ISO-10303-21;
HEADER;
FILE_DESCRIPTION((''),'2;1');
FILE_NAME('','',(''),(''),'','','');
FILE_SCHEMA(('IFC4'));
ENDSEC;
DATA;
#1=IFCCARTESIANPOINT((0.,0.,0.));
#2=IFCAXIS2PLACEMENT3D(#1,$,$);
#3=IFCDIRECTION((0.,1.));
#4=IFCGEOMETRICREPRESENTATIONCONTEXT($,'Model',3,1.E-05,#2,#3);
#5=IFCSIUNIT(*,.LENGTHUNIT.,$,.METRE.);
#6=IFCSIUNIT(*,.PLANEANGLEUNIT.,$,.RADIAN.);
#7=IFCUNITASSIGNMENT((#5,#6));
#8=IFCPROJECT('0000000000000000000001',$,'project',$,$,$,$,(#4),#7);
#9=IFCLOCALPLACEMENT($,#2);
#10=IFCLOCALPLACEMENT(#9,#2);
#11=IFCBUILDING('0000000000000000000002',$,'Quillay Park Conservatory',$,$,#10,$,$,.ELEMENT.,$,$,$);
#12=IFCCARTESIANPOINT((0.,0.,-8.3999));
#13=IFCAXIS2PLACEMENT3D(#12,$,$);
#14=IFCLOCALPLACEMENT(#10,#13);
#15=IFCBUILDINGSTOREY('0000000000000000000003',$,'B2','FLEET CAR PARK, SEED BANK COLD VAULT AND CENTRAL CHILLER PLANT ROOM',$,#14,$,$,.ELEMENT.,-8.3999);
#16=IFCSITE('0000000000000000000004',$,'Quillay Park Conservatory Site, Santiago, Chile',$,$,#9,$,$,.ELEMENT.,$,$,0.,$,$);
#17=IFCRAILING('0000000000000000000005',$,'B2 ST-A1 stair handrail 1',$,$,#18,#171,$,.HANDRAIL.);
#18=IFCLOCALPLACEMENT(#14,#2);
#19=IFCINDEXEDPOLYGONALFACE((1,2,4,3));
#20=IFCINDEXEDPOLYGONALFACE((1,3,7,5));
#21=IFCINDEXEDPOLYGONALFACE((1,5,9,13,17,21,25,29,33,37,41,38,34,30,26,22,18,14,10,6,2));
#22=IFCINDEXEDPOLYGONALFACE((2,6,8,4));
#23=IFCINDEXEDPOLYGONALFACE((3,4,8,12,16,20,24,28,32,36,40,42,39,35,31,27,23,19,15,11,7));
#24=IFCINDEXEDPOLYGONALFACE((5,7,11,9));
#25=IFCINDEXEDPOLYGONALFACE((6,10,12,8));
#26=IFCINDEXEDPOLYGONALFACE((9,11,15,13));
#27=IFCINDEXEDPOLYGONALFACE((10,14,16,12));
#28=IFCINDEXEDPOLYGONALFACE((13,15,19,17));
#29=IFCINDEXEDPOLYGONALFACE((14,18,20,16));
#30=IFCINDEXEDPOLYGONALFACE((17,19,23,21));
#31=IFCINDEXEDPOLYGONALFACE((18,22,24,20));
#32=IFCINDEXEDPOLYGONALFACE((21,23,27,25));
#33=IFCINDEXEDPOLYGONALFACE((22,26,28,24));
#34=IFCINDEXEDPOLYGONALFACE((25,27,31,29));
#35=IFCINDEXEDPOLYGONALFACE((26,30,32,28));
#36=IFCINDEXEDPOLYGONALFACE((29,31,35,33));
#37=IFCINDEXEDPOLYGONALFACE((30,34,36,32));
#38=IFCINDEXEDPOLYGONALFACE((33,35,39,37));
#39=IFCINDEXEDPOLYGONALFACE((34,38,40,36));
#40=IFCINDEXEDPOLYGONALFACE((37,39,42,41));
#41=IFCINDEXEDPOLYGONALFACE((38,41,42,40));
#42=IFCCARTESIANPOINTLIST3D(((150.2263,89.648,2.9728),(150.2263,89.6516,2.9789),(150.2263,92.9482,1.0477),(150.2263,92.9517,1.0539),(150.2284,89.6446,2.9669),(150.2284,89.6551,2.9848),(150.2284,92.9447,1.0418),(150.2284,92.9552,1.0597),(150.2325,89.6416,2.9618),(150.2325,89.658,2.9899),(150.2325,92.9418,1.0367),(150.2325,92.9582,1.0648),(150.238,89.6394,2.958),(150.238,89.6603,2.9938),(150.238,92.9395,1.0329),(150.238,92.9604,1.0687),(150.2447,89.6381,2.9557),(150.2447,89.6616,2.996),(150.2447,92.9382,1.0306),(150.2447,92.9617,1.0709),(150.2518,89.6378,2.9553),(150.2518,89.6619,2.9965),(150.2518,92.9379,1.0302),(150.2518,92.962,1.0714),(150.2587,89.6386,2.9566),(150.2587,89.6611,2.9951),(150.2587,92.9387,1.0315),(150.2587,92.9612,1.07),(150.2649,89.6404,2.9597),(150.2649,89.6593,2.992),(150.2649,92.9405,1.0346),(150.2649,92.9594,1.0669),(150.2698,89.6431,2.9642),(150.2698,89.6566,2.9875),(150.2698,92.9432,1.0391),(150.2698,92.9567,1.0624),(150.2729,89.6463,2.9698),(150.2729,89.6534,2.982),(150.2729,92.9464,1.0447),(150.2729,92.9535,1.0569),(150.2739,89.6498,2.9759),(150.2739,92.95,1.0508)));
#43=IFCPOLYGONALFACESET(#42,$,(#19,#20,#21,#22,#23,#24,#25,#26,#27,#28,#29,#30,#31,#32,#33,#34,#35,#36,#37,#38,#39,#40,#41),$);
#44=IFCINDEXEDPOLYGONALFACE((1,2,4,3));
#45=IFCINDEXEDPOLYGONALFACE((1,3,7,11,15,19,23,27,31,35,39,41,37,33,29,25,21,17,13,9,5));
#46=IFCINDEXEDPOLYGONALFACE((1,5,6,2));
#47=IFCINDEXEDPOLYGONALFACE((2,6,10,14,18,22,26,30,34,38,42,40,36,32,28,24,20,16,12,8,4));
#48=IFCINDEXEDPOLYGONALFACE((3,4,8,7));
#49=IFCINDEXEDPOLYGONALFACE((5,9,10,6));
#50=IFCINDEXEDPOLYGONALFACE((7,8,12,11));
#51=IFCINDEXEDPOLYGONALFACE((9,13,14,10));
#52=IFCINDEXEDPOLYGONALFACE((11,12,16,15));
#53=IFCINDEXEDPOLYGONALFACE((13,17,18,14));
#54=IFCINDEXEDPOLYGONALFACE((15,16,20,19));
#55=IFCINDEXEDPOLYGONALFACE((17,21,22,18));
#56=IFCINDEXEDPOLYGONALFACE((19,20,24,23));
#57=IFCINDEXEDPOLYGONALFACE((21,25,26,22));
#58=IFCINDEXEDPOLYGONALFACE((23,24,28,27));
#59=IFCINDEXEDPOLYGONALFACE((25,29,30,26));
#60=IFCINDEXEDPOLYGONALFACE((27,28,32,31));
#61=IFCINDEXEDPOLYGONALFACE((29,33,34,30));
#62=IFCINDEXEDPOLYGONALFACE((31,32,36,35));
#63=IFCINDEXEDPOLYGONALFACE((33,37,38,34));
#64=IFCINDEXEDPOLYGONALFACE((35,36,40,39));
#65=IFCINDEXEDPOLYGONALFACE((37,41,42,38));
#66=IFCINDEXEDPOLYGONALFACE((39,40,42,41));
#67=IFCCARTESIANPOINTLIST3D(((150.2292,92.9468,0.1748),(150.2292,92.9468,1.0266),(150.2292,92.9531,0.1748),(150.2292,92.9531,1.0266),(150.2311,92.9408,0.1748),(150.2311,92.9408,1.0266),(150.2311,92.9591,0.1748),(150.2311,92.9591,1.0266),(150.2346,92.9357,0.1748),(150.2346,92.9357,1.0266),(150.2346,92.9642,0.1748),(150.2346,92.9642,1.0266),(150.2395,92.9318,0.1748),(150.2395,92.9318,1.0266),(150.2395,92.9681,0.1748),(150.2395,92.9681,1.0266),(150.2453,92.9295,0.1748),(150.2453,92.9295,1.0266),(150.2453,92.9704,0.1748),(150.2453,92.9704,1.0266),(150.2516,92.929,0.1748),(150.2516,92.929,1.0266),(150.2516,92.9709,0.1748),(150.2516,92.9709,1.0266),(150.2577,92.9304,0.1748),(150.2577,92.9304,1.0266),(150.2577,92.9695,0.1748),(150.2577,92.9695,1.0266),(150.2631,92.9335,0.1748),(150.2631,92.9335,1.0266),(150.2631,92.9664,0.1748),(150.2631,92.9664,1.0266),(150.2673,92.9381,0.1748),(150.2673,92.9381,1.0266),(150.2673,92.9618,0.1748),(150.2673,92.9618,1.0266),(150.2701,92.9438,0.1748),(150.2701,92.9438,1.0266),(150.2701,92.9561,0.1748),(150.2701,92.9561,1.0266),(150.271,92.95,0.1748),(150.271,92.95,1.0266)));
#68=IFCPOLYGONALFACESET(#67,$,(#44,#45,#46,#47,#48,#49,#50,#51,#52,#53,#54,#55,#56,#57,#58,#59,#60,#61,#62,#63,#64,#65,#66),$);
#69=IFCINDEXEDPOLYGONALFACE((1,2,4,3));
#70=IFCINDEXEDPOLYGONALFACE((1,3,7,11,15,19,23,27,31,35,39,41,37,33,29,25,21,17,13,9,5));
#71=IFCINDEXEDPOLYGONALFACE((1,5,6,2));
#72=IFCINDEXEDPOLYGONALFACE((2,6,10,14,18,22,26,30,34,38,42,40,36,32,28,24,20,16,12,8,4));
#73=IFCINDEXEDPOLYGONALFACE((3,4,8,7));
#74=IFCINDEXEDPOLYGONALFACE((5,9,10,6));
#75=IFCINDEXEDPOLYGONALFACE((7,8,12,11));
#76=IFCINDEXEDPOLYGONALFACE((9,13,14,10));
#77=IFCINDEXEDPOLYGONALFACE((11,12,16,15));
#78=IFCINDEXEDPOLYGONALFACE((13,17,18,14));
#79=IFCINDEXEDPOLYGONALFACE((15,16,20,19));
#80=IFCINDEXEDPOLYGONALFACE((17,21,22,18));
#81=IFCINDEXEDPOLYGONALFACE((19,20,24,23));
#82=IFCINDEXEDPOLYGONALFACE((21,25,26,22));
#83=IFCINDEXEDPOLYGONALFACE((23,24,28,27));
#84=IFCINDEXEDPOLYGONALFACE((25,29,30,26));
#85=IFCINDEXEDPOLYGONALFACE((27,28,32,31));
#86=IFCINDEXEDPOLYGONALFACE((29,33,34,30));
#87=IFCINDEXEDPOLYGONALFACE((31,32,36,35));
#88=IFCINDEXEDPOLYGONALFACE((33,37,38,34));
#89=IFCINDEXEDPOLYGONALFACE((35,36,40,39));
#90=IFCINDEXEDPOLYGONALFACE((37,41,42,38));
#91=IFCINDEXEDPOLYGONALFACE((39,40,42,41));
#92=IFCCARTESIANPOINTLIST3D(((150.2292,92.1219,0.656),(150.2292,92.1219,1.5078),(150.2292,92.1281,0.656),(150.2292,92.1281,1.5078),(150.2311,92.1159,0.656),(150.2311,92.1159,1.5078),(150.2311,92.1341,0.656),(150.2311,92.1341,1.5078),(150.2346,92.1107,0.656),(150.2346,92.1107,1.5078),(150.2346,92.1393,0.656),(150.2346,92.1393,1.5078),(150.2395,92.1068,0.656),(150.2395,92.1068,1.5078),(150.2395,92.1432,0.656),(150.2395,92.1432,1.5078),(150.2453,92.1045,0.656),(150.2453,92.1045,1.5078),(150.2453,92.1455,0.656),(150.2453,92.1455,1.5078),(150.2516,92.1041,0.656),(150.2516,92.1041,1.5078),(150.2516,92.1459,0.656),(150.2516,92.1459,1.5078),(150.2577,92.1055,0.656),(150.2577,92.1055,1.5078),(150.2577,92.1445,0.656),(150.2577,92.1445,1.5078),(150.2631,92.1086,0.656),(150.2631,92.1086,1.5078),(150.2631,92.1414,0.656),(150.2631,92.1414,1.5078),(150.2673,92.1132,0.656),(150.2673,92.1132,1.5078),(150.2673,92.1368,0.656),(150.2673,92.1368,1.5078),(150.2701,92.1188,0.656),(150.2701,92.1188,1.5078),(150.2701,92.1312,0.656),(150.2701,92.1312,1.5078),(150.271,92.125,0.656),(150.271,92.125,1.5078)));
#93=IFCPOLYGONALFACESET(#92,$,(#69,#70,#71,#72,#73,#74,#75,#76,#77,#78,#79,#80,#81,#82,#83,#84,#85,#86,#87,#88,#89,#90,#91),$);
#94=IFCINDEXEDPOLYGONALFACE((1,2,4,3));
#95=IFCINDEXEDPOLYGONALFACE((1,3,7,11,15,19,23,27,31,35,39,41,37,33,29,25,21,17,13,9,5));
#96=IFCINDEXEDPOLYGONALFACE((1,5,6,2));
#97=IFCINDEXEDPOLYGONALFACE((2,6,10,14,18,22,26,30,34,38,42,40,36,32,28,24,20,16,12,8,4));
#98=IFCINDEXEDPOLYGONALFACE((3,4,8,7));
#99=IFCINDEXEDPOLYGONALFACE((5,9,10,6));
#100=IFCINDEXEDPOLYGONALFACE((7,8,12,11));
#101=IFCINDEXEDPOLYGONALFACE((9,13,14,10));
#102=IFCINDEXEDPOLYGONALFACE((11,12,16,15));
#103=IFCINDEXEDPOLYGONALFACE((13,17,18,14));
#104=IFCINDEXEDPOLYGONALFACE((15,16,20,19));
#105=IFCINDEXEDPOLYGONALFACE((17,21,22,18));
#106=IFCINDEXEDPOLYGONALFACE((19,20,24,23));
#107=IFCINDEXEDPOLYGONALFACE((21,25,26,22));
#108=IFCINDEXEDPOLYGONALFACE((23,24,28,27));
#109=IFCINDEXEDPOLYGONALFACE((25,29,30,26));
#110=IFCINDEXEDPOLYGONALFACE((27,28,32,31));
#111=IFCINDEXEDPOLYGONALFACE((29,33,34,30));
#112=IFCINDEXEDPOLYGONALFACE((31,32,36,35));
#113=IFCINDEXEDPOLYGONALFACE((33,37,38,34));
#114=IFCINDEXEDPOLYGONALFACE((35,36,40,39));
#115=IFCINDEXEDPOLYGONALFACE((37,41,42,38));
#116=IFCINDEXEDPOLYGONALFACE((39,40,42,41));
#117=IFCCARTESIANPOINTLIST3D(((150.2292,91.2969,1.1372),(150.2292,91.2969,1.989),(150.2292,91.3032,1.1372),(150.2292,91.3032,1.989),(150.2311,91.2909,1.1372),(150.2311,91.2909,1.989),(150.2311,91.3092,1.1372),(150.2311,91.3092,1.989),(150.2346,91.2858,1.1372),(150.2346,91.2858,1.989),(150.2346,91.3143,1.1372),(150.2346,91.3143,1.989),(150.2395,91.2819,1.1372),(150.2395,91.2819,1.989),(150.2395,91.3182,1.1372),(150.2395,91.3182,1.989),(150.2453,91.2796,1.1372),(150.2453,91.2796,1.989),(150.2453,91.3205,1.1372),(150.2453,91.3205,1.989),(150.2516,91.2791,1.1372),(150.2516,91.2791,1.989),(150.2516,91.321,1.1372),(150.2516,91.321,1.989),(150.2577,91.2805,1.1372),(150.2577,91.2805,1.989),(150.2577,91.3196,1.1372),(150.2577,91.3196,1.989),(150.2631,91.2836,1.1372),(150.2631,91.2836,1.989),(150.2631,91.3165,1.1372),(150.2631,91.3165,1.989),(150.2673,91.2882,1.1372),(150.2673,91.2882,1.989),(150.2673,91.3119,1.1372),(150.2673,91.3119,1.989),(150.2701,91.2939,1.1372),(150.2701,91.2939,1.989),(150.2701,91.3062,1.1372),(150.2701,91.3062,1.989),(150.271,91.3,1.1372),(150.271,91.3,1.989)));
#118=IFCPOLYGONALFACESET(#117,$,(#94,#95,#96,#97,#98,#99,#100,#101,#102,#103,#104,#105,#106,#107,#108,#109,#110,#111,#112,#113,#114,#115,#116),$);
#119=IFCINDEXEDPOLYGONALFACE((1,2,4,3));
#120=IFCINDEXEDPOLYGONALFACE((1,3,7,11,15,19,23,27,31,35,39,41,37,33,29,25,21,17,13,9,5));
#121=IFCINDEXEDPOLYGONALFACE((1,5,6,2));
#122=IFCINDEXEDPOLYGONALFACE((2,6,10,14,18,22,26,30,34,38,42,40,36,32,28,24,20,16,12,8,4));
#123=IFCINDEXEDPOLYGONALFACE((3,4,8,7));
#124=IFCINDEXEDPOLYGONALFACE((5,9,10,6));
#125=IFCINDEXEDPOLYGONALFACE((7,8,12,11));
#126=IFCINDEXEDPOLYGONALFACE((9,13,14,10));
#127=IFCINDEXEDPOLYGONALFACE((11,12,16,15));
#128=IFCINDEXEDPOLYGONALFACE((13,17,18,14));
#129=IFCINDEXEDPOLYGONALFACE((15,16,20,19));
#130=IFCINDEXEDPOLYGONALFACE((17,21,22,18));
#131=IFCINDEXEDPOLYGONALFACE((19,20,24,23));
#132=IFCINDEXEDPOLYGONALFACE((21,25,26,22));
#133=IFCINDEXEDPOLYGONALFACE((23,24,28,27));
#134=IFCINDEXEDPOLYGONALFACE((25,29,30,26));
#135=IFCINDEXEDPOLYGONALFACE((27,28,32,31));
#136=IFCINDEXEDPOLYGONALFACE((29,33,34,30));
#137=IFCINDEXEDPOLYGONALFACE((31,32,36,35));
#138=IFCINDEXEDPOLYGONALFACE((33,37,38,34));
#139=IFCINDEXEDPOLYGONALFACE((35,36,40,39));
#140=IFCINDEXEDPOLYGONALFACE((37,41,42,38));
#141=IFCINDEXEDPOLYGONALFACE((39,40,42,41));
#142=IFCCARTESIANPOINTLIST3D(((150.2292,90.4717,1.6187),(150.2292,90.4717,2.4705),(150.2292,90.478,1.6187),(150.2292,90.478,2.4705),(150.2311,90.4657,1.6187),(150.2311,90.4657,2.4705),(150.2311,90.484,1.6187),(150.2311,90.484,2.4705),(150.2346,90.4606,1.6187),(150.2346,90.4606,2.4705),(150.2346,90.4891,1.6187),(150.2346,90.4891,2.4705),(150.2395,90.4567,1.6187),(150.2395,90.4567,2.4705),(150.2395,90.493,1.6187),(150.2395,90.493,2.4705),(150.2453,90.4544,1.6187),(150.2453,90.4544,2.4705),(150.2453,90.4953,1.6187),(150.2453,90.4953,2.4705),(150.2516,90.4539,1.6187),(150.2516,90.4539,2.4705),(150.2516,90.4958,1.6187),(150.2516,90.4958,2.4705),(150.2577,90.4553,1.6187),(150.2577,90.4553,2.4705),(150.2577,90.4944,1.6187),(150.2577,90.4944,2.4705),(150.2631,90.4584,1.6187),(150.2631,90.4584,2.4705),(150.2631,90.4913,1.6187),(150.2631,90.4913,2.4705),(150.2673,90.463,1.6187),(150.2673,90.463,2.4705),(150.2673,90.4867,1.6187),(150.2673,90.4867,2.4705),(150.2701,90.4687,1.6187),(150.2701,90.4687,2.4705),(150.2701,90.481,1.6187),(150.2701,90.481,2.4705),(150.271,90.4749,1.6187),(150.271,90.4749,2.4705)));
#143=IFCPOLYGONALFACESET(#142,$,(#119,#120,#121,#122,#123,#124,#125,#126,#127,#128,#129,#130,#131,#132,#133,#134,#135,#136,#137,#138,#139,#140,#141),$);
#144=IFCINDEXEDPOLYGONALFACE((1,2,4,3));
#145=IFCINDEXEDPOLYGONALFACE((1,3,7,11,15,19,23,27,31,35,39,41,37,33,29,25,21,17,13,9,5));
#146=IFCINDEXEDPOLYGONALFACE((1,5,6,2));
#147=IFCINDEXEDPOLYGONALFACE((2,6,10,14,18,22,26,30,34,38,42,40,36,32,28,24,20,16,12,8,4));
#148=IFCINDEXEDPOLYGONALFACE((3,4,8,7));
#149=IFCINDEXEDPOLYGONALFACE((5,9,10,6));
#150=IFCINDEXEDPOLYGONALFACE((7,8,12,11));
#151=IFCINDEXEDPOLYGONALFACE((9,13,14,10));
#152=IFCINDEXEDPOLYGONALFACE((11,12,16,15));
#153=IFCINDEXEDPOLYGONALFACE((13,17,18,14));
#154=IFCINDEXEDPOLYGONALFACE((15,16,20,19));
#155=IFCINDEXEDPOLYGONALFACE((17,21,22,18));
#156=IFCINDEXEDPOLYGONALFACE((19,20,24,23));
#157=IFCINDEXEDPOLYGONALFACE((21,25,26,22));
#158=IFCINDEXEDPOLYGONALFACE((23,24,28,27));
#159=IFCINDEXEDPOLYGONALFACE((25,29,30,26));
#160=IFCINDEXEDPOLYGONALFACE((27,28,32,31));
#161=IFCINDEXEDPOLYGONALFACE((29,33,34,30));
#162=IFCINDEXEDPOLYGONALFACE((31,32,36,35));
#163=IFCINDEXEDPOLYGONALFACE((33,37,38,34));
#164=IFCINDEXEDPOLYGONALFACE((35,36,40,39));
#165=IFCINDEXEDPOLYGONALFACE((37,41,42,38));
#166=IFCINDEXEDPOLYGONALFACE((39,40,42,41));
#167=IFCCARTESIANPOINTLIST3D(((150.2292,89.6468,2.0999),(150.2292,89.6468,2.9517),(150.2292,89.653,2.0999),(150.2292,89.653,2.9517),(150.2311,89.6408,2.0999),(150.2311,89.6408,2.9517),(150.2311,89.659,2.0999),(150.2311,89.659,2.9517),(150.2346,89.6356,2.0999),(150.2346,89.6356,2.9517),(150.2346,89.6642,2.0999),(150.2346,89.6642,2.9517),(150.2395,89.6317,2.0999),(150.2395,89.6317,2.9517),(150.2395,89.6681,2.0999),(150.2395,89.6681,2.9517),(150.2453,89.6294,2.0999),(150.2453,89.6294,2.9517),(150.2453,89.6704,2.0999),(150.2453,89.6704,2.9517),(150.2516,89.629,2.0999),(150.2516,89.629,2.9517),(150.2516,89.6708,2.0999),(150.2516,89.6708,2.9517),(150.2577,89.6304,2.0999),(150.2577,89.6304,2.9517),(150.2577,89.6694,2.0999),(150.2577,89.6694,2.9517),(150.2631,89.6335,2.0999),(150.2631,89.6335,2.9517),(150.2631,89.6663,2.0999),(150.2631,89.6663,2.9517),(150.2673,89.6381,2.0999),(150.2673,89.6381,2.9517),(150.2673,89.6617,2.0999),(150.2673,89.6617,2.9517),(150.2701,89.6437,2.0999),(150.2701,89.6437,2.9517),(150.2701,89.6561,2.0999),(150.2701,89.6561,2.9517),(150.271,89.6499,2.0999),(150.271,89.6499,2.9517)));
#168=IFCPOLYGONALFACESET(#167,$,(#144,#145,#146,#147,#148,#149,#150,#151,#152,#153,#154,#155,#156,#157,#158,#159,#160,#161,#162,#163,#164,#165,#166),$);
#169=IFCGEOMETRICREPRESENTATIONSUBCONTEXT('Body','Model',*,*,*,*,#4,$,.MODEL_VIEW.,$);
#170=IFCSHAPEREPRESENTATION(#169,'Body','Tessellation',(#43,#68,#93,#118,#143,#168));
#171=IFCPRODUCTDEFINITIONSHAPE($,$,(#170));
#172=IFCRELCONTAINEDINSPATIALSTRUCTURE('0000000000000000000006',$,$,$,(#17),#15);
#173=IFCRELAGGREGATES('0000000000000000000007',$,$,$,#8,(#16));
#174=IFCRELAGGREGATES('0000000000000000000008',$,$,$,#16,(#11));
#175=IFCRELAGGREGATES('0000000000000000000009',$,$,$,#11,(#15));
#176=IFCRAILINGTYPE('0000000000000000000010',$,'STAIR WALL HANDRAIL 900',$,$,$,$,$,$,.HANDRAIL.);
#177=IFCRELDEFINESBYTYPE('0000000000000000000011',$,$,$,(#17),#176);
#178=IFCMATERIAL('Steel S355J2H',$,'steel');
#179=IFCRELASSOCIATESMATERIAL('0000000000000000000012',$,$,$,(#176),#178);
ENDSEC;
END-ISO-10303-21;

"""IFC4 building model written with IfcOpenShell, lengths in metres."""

from ifc_helpers import new_model, si_unit, direction, frame, origin, origin_2d, place, context, subcontext, project, spatial, circle, extrude, material, type_object, element, save


model = new_model("IFC4")

# Units and contexts
model_context = context("Model", 3, precision=1e-05, world=origin(), true_north=direction((0.0, 1.0)))
body_context = subcontext(model_context, "Body", "Model", "MODEL_VIEW")
ifc_project = project(units=[si_unit("LENGTHUNIT", "METRE"), si_unit("PLANEANGLEUNIT", "RADIAN")], contexts=[model_context])

# Site, building, storey
site_placement = place(None, origin())
site = spatial("IfcSite", under=ifc_project, at=site_placement, Name="Quillay Park Conservatory Site, Santiago, Chile", CompositionType="ELEMENT", RefElevation=0.0)
building_placement = place(site_placement, origin())
building = spatial("IfcBuilding", under=site, at=building_placement, Name="Quillay Park Conservatory", CompositionType="ELEMENT")
storey_placement = place(building_placement, frame((0.0, 0.0, -8.3999)))
storey = spatial("IfcBuildingStorey", under=building, at=storey_placement, Name="B2", Description="FLEET CAR PARK, SEED BANK COLD VAULT AND CENTRAL CHILLER PLANT ROOM", CompositionType="ELEMENT", Elevation=-8.3999)

# Railing
ifc_material_1 = material(Name="Steel S355J2H", Category="steel")
railing_type = type_object("IfcRailingType", Name="STAIR WALL HANDRAIL 900", PredefinedType="HANDRAIL", material=ifc_material_1)
railing_placement = place(storey_placement, frame((150.25, 92.95, 0.1748)))
element("IfcRailing", 1, at=railing_placement, inside=storey, type_object=railing_type, Name="B2 ST-A1 stair handrail 1", PredefinedType="HANDRAIL", context=body_context, shape_type="SweptSolid", body=[
    extrude(circle(Radius=0.0239, at=origin_2d()), frame((0.0, 0.0, 0.876), z_axis=(0.0, -0.863777, 0.503875), x_axis=(1.0, 0.0, 0.0)), (0.0, 0.0, 1.0), 3.8206),
    extrude(circle(Radius=0.021, at=origin_2d()), origin(), (0.0, 0.0, 1.0), 0.8518),
    extrude(circle(Radius=0.021, at=origin_2d()), frame((0.0, -0.825, 0.4812)), (0.0, 0.0, 1.0), 0.8518),
    extrude(circle(Radius=0.021, at=origin_2d()), frame((0.0, -1.6499, 0.9624)), (0.0, 0.0, 1.0), 0.8518),
    extrude(circle(Radius=0.021, at=origin_2d()), frame((0.0, -2.4751, 1.4438)), (0.0, 0.0, 1.0), 0.8518),
    extrude(circle(Radius=0.021, at=origin_2d()), frame((0.0, -3.3, 1.925)), (0.0, 0.0, 1.0), 0.8518),
])

save(model, "model.ifc")
